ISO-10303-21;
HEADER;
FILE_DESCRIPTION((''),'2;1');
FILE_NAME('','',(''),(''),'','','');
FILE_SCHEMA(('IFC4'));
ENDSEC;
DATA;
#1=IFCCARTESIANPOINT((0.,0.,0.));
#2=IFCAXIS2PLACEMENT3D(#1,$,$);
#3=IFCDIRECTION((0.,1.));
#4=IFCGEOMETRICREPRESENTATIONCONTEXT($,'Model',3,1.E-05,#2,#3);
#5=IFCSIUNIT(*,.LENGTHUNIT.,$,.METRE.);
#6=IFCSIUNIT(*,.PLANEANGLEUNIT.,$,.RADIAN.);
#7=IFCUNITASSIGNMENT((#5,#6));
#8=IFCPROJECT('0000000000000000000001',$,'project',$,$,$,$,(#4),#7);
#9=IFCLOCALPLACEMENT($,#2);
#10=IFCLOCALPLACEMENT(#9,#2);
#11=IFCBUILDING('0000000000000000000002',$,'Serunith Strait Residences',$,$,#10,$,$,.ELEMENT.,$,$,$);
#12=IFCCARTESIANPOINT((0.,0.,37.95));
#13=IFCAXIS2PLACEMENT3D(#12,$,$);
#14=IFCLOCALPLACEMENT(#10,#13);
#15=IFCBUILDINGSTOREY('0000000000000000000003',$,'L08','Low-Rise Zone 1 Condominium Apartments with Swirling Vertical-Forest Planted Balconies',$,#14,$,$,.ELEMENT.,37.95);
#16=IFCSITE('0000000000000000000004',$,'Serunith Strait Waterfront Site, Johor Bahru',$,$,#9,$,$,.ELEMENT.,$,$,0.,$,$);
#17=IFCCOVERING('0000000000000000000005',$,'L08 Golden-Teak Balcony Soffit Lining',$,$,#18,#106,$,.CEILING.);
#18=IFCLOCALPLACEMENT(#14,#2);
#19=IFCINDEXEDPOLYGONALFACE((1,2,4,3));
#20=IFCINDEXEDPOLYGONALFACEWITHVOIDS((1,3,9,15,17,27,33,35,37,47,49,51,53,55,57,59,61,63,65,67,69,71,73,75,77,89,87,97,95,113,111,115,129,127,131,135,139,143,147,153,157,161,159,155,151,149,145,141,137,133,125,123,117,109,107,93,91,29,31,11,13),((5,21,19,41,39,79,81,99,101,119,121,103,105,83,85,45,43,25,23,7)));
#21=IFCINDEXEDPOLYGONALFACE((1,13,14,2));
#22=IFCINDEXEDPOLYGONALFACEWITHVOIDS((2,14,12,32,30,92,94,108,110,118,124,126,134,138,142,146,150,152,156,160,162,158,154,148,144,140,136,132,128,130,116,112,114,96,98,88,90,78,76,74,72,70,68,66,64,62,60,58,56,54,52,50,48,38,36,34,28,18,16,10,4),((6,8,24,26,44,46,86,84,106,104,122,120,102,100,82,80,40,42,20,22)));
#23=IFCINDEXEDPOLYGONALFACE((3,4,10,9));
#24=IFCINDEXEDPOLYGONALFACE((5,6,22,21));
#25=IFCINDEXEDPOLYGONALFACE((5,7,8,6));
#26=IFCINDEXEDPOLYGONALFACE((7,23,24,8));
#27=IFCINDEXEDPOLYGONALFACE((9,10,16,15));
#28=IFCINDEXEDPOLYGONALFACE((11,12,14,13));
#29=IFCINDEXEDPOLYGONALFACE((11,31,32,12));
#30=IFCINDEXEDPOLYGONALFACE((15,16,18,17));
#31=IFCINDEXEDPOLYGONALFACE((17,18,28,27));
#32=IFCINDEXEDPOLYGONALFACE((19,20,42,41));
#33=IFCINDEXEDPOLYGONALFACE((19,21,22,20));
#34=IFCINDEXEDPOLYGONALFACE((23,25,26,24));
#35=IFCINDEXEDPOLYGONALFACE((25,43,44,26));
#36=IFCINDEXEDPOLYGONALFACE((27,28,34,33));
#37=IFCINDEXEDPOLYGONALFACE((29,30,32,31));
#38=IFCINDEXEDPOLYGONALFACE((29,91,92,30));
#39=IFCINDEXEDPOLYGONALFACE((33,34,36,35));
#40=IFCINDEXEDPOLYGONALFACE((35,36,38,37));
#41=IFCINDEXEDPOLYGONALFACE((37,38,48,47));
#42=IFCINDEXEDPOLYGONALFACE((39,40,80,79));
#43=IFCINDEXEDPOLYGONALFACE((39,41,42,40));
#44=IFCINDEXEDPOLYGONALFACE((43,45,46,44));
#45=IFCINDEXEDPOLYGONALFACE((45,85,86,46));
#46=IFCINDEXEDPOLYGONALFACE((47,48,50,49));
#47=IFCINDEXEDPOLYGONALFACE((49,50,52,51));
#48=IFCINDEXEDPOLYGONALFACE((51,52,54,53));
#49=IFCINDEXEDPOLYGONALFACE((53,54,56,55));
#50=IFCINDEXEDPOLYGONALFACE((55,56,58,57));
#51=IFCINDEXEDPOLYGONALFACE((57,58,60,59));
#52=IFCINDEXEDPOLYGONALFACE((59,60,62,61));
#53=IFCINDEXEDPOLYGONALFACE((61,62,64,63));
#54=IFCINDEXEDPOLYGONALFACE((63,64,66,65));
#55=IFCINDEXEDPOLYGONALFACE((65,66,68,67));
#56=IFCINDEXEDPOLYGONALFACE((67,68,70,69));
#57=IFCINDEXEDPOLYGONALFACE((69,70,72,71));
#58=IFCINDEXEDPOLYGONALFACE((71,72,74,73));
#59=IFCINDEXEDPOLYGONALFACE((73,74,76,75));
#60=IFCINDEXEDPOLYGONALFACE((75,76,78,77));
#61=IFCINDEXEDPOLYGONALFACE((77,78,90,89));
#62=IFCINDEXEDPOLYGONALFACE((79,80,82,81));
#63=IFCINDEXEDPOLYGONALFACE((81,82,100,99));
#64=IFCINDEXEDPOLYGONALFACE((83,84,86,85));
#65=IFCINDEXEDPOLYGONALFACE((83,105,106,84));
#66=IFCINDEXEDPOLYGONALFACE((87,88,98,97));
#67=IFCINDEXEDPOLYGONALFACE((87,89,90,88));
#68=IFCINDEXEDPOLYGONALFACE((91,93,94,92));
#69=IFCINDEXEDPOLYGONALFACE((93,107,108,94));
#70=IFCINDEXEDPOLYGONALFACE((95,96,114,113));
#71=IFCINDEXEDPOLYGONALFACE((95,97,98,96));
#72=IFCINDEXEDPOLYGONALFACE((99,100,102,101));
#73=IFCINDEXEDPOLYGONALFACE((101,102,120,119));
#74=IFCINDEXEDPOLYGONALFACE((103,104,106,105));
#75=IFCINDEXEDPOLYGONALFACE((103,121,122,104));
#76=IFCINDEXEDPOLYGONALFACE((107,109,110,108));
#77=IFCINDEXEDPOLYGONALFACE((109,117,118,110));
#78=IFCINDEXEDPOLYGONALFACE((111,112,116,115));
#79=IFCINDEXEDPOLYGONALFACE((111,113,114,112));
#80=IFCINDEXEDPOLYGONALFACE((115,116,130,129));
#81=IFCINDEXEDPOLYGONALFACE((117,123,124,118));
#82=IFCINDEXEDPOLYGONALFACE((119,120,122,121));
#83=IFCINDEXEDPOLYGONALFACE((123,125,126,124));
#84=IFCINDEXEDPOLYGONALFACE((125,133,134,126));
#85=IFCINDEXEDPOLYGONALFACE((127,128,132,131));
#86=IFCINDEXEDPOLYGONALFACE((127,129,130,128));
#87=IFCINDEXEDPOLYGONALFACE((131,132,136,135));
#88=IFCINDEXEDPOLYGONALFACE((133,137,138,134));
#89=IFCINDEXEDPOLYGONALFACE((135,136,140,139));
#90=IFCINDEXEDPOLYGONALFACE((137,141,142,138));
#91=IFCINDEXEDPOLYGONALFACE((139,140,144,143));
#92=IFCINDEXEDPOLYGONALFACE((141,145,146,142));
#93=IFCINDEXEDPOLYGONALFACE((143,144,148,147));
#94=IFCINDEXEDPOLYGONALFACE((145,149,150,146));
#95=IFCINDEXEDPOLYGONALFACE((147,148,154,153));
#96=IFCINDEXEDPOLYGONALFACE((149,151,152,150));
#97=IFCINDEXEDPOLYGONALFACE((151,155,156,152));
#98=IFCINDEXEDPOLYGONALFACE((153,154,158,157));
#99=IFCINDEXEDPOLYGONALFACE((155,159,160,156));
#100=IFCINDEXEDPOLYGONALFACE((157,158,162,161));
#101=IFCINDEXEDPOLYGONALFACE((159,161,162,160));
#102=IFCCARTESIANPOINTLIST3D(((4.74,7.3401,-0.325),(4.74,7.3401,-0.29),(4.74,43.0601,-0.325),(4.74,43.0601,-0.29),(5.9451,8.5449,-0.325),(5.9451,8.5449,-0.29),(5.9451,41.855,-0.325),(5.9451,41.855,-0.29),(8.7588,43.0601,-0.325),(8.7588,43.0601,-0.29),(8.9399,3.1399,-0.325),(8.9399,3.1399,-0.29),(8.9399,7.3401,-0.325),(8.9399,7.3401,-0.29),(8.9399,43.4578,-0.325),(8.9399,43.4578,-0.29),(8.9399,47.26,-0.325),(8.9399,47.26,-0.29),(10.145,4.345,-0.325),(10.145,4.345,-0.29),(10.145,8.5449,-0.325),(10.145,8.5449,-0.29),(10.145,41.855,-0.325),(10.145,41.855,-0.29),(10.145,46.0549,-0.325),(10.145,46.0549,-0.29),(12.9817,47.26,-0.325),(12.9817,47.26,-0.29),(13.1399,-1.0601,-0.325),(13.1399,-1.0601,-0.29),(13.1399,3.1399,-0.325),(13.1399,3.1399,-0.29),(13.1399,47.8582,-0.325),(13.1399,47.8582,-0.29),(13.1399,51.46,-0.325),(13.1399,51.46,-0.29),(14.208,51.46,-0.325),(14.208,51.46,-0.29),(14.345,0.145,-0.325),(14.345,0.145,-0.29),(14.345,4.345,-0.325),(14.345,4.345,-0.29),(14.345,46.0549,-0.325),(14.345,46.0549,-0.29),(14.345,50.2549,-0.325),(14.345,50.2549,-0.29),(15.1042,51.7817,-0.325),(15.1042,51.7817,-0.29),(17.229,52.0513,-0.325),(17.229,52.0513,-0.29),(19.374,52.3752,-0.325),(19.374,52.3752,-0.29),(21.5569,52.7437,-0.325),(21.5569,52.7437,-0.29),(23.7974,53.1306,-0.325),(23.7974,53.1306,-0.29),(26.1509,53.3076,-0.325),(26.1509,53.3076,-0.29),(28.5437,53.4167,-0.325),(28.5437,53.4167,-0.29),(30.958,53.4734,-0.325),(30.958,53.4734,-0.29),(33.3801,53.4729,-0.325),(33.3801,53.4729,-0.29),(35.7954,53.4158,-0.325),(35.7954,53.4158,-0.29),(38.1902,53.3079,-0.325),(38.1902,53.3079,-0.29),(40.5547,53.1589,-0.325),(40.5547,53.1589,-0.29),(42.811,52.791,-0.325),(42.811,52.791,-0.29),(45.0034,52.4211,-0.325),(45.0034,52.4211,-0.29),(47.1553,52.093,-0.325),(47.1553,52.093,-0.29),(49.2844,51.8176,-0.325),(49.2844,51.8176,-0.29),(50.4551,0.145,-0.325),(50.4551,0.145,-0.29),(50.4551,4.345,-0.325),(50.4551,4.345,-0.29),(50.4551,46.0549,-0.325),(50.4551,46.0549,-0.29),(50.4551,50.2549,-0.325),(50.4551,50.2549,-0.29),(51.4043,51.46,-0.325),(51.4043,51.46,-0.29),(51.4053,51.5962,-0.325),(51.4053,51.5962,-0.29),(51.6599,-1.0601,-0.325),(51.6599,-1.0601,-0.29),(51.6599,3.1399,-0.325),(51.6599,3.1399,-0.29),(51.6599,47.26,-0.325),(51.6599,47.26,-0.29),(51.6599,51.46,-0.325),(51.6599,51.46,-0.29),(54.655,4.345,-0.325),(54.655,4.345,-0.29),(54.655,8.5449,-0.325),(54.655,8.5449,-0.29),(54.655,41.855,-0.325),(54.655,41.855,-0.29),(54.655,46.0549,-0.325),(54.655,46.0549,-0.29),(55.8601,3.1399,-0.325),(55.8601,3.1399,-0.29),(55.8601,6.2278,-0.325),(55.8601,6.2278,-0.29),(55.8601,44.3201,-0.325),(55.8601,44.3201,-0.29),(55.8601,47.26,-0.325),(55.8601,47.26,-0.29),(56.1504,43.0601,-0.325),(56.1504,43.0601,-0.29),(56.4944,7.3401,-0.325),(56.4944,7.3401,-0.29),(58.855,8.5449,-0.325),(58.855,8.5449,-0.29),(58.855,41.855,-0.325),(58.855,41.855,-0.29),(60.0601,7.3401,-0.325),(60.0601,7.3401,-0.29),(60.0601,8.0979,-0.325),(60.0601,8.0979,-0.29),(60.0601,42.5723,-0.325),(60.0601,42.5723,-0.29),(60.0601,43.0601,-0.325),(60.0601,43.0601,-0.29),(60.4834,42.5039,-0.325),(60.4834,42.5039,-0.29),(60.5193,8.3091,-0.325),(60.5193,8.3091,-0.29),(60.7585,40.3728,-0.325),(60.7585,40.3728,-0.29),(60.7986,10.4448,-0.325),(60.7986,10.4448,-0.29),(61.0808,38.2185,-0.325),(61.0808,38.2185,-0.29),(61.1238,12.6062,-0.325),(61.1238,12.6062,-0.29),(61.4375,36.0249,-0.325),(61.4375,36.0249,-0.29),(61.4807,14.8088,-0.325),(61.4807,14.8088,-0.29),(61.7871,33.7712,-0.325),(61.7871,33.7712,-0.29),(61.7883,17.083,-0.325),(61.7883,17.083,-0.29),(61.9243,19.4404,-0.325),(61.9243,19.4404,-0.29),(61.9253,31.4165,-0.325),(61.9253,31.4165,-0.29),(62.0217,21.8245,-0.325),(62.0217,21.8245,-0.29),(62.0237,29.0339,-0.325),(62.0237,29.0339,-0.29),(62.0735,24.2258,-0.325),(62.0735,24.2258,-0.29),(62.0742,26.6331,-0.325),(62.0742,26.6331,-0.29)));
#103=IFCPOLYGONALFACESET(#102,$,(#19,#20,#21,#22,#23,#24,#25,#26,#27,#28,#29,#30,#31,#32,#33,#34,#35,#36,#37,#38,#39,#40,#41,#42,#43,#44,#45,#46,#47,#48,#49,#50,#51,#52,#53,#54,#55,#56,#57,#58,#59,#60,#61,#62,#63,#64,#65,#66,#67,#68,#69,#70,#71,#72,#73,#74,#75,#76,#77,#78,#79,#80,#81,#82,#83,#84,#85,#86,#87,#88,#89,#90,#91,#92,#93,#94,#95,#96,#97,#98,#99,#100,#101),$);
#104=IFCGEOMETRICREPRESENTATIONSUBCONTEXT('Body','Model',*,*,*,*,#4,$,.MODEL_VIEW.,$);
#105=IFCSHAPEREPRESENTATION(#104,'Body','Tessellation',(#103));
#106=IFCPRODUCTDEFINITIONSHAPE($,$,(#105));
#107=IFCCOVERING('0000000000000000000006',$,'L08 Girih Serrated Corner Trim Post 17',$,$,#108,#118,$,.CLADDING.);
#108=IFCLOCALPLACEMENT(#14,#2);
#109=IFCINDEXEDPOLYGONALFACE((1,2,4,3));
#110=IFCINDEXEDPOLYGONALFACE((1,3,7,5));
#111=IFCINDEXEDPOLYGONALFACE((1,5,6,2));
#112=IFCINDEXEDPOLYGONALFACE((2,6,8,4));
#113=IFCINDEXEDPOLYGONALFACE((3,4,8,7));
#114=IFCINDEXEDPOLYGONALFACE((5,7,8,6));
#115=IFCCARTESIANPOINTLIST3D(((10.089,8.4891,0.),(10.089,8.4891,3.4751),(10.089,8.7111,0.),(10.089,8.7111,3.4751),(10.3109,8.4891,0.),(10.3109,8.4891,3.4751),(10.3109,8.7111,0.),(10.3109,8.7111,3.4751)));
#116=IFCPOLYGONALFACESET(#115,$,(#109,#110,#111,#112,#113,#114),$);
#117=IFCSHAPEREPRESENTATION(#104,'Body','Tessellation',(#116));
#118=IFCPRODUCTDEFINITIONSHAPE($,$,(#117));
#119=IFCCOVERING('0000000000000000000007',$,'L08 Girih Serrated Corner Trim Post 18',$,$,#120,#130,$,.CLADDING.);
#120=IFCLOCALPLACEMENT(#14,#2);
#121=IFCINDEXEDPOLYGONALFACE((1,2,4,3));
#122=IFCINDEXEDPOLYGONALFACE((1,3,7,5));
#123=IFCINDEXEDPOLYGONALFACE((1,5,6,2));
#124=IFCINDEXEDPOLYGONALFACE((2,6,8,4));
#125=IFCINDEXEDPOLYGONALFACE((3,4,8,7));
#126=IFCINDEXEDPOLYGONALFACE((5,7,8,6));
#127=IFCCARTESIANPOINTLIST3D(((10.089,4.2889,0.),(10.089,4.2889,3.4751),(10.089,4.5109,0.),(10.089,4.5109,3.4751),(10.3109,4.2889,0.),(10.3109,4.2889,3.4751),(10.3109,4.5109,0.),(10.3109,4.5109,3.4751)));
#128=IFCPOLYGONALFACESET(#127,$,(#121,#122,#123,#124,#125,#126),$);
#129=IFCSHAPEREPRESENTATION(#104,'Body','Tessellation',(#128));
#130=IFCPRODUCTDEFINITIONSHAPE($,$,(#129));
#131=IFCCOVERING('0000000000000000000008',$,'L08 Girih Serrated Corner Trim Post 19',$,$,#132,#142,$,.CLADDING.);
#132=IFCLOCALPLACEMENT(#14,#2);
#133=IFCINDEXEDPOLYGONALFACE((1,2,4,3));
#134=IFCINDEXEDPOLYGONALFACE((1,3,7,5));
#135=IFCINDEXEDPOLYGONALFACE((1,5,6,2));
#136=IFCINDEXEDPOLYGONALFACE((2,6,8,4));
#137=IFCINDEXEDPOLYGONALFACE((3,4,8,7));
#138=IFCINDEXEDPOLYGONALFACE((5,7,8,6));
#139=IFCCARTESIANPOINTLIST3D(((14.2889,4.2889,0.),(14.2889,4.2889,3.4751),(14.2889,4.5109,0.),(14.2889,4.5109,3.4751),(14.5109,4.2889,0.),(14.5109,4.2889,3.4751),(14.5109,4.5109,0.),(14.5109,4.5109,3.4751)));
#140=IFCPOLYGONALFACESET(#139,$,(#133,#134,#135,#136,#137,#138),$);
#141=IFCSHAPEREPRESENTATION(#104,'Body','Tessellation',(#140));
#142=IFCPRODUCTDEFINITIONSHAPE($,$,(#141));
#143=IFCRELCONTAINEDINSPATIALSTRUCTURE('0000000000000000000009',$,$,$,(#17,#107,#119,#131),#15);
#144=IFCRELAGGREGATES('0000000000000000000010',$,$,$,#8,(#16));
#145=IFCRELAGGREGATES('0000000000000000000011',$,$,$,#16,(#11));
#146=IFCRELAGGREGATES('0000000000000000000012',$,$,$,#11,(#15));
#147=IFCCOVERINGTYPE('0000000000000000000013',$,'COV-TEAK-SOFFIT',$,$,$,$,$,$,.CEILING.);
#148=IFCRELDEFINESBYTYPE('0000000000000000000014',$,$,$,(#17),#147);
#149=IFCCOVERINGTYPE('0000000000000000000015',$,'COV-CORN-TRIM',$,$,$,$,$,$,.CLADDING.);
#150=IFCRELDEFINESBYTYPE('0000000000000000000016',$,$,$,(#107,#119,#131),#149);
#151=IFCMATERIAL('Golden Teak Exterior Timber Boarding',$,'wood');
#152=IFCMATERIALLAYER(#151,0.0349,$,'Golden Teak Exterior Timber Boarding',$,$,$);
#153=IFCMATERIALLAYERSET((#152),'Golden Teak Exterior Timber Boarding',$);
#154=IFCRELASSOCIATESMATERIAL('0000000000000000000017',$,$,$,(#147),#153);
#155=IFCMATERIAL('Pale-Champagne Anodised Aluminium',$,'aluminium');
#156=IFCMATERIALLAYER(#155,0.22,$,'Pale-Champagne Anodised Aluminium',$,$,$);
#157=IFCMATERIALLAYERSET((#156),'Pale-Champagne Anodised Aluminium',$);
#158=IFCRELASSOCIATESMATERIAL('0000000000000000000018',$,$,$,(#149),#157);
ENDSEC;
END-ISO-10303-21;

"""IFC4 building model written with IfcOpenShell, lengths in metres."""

from ifc_helpers import new_model, si_unit, direction, frame, origin, origin_2d, place, context, subcontext, project, spatial, polyline, rectangle, outline, extrude, source, transform, mapped, material, layer, layer_set, type_object, element, save


model = new_model("IFC4")

# Units and contexts
model_context = context("Model", 3, precision=1e-05, world=origin(), true_north=direction((0.0, 1.0)))
body_context = subcontext(model_context, "Body", "Model", "MODEL_VIEW")
ifc_project = project(units=[si_unit("LENGTHUNIT", "METRE"), si_unit("PLANEANGLEUNIT", "RADIAN")], contexts=[model_context])

# Site, building, storey
site_placement = place(None, origin())
site = spatial("IfcSite", under=ifc_project, at=site_placement, Name="Serunith Strait Waterfront Site, Johor Bahru", CompositionType="ELEMENT", RefElevation=0.0)
building_placement = place(site_placement, origin())
building = spatial("IfcBuilding", under=site, at=building_placement, Name="Serunith Strait Residences", CompositionType="ELEMENT")
storey_placement = place(building_placement, frame((0.0, 0.0, 37.95)))
storey = spatial("IfcBuildingStorey", under=building, at=storey_placement, Name="L08", Description="Low-Rise Zone 1 Condominium Apartments with Swirling Vertical-Forest Planted Balconies", CompositionType="ELEMENT", Elevation=37.95)

# Shared definitions
ifc_material_1 = material(Name="Pale-Champagne Anodised Aluminium", Category="aluminium")

# Covering
ifc_material_2 = material(Name="Golden Teak Exterior Timber Boarding", Category="wood")
ifc_layer_1 = layer(ifc_material_2, 0.0349, Name="Golden Teak Exterior Timber Boarding")
ifc_layer_set_1 = layer_set([ifc_layer_1], Name="Golden Teak Exterior Timber Boarding")
covering_type_1 = type_object("IfcCoveringType", Name="COV-TEAK-SOFFIT", PredefinedType="CEILING", material=ifc_layer_set_1)
covering_1_placement = place(storey_placement, frame((0.0, 0.0, -0.325)))
element("IfcCovering", 1, at=covering_1_placement, inside=storey, type_object=covering_type_1, Name="L08 Golden-Teak Balcony Soffit Lining", PredefinedType="CEILING", context=body_context, shape_type="SweptSolid", body=[
    extrude(outline(polyline([(12.9817, 47.26), (13.1399, 47.8582), (13.1399, 51.46), (14.208, 51.46), (15.1042, 51.7817), (17.229, 52.0513), (19.374, 52.3752), (21.5569, 52.7437), (23.7974, 53.1306), (26.1509, 53.3076), (28.5437, 53.4167), (30.958, 53.4734), (33.3801, 53.4729), (35.7954, 53.4158), (38.1902, 53.3079), (40.5547, 53.1589), (42.811, 52.791), (45.0034, 52.4211), (47.1553, 52.093), (49.2844, 51.8176), (51.4053, 51.5962), (51.4043, 51.46), (51.6599, 51.46), (51.6599, 47.26), (55.8601, 47.26), (55.8601, 44.3201), (56.1504, 43.0601), (60.0601, 43.0601), (60.0601, 42.5723), (60.4834, 42.5039), (60.7585, 40.3728), (61.0808, 38.2185), (61.4375, 36.0249), (61.7871, 33.7712), (61.9253, 31.4165), (62.0237, 29.0339), (62.0742, 26.6331), (62.0735, 24.2258), (62.0217, 21.8245), (61.9243, 19.4404), (61.7883, 17.083), (61.4807, 14.8088), (61.1238, 12.6062), (60.7986, 10.4448), (60.5193, 8.3091), (60.0601, 8.0979), (60.0601, 7.3401), (56.4944, 7.3401), (55.8601, 6.2278), (55.8601, 3.1399), (51.6599, 3.1399), (51.6599, -1.0601), (13.1399, -1.0601), (13.1399, 3.1399), (8.9399, 3.1399), (8.9399, 7.3401), (4.74, 7.3401), (4.74, 43.0601), (8.7588, 43.0601), (8.9399, 43.4578), (8.9399, 47.26), (12.9817, 47.26)]), holes=[polyline([(50.4551, 0.145), (50.4551, 4.345), (54.655, 4.345), (54.655, 8.5449), (58.855, 8.5449), (58.855, 41.855), (54.655, 41.855), (54.655, 46.0549), (50.4551, 46.0549), (50.4551, 50.2549), (14.345, 50.2549), (14.345, 46.0549), (10.145, 46.0549), (10.145, 41.855), (5.9451, 41.855), (5.9451, 8.5449), (10.145, 8.5449), (10.145, 4.345), (14.345, 4.345), (14.345, 0.145), (50.4551, 0.145)])]), origin(), (0.0, 0.0, 1.0), 0.0349),
])

# Coverings
ifc_layer_2 = layer(ifc_material_1, 0.22, Name="Pale-Champagne Anodised Aluminium")
ifc_layer_set_2 = layer_set([ifc_layer_2], Name="Pale-Champagne Anodised Aluminium")
covering_type_2 = type_object("IfcCoveringType", Name="COV-CORN-TRIM", PredefinedType="CLADDING", material=ifc_layer_set_2)
shared_shape_1 = source(origin(), body_context, "Body", "SweptSolid", [
    extrude(rectangle(XDim=0.2219, YDim=0.2219, at=origin_2d()), origin(), (0.0, 0.0, 1.0), 3.4751),
])
for number, where, z_axis, x_axis, name in (
    (2, (10.2, 8.6001, 0.0), (0.0, 0.0, 1.0), (1.0, 0.0, 0.0), "L08 Girih Serrated Corner Trim Post 17"),
    (3, (10.2, 4.3999, 0.0), (0.0, 0.0, 1.0), (1.0, 0.0, 0.0), "L08 Girih Serrated Corner Trim Post 18"),
    (4, (14.3999, 4.3999, 0.0), (0.0, 0.0, 1.0), (1.0, 0.0, 0.0), "L08 Girih Serrated Corner Trim Post 19"),
):
    element("IfcCovering", number, at=place(storey_placement, frame(where, z_axis=z_axis, x_axis=x_axis)), inside=storey, type_object=covering_type_2, Name=name, PredefinedType="CLADDING", context=body_context, shape_type="MappedRepresentation", body=[
        mapped(shared_shape_1, transform((0.0, 0.0, 0.0), scale=1.0)),
    ])

save(model, "model.ifc")
